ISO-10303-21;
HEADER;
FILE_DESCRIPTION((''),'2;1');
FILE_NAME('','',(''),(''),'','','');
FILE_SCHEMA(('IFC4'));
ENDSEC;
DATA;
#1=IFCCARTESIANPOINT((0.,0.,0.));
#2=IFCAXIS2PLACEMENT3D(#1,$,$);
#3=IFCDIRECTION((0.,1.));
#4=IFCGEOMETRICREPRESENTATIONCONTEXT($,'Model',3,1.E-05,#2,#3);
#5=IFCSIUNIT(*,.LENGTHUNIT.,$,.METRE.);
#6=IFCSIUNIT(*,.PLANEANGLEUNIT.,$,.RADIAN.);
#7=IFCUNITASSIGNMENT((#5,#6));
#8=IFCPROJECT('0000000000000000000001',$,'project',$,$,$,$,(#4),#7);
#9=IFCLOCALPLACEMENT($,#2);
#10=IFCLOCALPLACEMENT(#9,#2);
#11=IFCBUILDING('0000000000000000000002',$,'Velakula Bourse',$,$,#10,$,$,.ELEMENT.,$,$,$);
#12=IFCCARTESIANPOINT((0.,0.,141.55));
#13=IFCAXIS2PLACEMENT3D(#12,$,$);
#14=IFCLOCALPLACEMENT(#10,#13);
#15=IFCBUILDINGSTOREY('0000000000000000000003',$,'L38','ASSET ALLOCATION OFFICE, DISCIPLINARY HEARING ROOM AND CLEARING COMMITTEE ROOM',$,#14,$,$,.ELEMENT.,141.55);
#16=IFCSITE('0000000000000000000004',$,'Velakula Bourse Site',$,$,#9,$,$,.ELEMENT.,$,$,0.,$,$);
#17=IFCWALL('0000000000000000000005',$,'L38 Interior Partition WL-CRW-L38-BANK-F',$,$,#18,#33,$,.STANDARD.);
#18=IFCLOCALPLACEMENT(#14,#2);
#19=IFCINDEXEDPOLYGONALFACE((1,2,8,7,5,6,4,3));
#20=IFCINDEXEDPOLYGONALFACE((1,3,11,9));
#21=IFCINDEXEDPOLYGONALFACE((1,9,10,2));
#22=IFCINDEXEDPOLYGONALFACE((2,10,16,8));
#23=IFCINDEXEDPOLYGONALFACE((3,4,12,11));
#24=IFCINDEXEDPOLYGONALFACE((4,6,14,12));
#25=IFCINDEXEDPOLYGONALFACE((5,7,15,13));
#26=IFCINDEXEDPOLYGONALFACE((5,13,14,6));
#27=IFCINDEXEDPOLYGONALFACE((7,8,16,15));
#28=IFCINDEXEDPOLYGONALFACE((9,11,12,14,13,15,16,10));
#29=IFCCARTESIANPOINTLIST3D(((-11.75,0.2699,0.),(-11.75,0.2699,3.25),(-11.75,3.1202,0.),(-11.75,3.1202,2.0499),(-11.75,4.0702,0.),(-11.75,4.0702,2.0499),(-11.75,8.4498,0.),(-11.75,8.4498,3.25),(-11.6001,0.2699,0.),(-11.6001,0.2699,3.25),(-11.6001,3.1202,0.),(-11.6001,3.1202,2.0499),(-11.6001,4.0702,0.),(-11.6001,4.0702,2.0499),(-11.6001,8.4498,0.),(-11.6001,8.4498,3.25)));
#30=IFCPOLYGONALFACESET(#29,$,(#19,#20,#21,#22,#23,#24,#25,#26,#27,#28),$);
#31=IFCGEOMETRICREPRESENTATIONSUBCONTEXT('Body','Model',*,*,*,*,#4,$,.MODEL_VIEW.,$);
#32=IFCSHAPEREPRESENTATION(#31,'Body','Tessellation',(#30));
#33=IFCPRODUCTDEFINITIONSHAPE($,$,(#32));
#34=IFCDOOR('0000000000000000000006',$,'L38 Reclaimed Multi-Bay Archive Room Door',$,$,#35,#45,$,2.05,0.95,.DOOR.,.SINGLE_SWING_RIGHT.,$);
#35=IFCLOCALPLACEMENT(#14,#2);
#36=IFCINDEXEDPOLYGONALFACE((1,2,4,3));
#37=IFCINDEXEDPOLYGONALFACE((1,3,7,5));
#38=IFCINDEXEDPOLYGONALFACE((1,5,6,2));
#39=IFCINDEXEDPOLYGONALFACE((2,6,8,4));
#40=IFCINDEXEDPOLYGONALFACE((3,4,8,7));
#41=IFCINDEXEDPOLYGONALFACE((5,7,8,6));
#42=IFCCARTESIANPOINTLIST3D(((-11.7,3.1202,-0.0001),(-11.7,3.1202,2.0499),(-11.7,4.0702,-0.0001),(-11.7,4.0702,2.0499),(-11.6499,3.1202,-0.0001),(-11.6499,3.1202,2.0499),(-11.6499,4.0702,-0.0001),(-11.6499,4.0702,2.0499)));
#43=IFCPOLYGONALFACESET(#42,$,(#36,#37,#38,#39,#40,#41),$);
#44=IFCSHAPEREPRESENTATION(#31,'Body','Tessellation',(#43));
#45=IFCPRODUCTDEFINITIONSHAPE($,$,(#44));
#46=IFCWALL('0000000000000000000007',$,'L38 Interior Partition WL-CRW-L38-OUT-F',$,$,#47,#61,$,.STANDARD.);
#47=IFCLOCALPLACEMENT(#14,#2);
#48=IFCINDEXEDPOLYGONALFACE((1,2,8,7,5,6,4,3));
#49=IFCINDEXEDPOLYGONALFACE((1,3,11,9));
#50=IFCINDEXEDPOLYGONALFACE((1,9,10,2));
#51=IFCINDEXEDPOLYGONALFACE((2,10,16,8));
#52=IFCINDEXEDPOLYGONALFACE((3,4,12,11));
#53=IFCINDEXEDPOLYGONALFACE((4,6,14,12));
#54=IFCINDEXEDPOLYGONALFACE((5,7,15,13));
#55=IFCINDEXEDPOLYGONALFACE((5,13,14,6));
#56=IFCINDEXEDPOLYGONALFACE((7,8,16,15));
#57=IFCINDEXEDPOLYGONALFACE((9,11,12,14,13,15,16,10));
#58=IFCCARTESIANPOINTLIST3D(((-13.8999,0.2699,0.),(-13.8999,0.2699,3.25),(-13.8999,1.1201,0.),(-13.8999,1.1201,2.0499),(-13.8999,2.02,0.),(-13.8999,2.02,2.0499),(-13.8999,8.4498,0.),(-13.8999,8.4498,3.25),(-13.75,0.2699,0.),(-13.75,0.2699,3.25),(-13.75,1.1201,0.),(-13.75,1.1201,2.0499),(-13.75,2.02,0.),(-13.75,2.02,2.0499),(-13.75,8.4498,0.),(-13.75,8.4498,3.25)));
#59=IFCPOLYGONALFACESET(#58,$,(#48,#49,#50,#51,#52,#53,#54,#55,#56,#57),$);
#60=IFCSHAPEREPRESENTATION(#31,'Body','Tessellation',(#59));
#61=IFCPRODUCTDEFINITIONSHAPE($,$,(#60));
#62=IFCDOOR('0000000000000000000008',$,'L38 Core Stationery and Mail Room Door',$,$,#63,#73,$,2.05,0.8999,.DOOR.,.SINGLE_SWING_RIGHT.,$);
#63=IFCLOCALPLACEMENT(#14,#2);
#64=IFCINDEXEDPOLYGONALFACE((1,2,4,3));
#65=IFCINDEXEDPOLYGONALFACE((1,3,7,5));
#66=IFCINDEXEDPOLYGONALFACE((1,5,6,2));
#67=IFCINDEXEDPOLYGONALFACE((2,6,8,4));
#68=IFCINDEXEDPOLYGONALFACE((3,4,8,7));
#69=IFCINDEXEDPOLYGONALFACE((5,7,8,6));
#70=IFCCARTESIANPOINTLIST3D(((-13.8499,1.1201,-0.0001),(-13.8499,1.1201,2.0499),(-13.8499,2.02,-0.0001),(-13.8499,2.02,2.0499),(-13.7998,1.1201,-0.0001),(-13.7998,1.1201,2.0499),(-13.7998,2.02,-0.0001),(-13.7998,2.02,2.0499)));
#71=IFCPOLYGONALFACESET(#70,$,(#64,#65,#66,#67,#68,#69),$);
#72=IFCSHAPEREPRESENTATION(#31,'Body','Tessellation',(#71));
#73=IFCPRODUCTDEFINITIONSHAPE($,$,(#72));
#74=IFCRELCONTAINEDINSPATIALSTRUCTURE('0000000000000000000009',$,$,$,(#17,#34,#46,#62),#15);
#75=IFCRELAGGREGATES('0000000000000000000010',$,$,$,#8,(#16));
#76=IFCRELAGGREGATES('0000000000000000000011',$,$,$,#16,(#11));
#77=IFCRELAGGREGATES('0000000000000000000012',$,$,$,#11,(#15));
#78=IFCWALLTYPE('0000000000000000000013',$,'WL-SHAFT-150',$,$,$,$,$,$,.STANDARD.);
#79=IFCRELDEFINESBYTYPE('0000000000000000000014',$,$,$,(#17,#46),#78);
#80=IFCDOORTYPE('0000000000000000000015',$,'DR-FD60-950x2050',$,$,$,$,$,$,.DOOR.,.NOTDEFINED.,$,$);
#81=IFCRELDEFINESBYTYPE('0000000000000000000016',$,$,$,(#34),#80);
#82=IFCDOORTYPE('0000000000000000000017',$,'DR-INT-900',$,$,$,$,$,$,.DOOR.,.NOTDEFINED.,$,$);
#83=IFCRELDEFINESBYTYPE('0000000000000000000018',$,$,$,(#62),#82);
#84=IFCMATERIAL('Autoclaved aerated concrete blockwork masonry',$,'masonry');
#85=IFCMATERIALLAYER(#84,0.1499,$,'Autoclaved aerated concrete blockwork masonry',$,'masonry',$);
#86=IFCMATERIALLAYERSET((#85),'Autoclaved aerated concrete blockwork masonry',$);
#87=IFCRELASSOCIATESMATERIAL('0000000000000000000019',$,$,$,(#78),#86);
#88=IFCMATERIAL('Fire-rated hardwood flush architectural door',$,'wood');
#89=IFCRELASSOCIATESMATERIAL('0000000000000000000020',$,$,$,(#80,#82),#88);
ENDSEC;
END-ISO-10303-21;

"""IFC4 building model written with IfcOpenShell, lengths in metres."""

from ifc_helpers import new_model, si_unit, direction, frame, frame_2d, origin, place, context, subcontext, project, spatial, rectangle, extrude, material, layer, layer_set, type_object, element, fill, save


model = new_model("IFC4")

# Units and contexts
model_context = context("Model", 3, precision=1e-05, world=origin(), true_north=direction((0.0, 1.0)))
body_context = subcontext(model_context, "Body", "Model", "MODEL_VIEW")
ifc_project = project(units=[si_unit("LENGTHUNIT", "METRE"), si_unit("PLANEANGLEUNIT", "RADIAN")], contexts=[model_context])

# Site, building, storey
site_placement = place(None, origin())
site = spatial("IfcSite", under=ifc_project, at=site_placement, Name="Velakula Bourse Site", CompositionType="ELEMENT", RefElevation=0.0)
building_placement = place(site_placement, origin())
building = spatial("IfcBuilding", under=site, at=building_placement, Name="Velakula Bourse", CompositionType="ELEMENT")
storey_placement = place(building_placement, frame((0.0, 0.0, 141.55)))
storey = spatial("IfcBuildingStorey", under=building, at=storey_placement, Name="L38", Description="ASSET ALLOCATION OFFICE, DISCIPLINARY HEARING ROOM AND CLEARING COMMITTEE ROOM", CompositionType="ELEMENT", Elevation=141.55)

# Shared definitions
ifc_material_1 = material(Name="Fire-rated hardwood flush architectural door", Category="wood")

# Shared definitions
ifc_material_2 = material(Name="Autoclaved aerated concrete blockwork masonry", Category="masonry")
ifc_layer_1 = layer(ifc_material_2, 0.1499, Name="Autoclaved aerated concrete blockwork masonry", Category="masonry")
ifc_layer_set_1 = layer_set([ifc_layer_1], Name="Autoclaved aerated concrete blockwork masonry")
wall_type_1 = type_object("IfcWallType", Name="WL-SHAFT-150", PredefinedType="STANDARD", material=ifc_layer_set_1)

# Walls, openings, doors
wall_1_placement = place(storey_placement, frame((-11.675, 0.27, 0.0), z_axis=(0.0, 0.0, 1.0), x_axis=(0.0, 1.0, 0.0)))
wall_1 = element("IfcWall", 1, at=wall_1_placement, inside=storey, type_object=wall_type_1, Name="L38 Interior Partition WL-CRW-L38-BANK-F", PredefinedType="STANDARD", context=body_context, shape_type="SweptSolid", body=[
    extrude(rectangle(XDim=8.1799, YDim=0.1499, at=frame_2d((4.0898, 0.0))), origin(), (0.0, 0.0, 1.0), 3.25),
])
opening_1_placement = place(wall_1_placement, frame((2.8501, 0.0, 0.0)))
opening_1 = element("IfcOpeningElement", 2, at=opening_1_placement, cuts=wall_1, PredefinedType="OPENING", context=body_context, shape_type="SweptSolid", body=[
    extrude(rectangle(XDim=0.95, YDim=2.05, at=frame_2d((0.4751, 1.0249))), frame((0.0, 0.085, 0.0), z_axis=(0.0, -1.0, 0.0), x_axis=(1.0, 0.0, 0.0)), (0.0, 0.0, 1.0), 0.1699),
])
door_type_1 = type_object("IfcDoorType", Name="DR-FD60-950x2050", OperationType="NOTDEFINED", PredefinedType="DOOR", material=ifc_material_1)
door_1_placement = place(opening_1_placement, origin())
door_1 = element("IfcDoor", 3, at=door_1_placement, inside=storey, type_object=door_type_1, Name="L38 Reclaimed Multi-Bay Archive Room Door", OperationType="SINGLE_SWING_RIGHT", OverallHeight=2.05, OverallWidth=0.95, PredefinedType="DOOR", context=body_context, shape_type="SweptSolid", body=[
    extrude(rectangle(XDim=0.95, YDim=2.05, at=frame_2d((0.4751, 1.0249))), frame((0.0, 0.0249, 0.0), z_axis=(0.0, -1.0, 0.0), x_axis=(1.0, 0.0, 0.0)), (0.0, 0.0, 1.0), 0.05),
])
fill(opening_1, door_1)
wall_2_placement = place(storey_placement, frame((-13.825, 0.27, 0.0), z_axis=(0.0, 0.0, 1.0), x_axis=(0.0, 1.0, 0.0)))
wall_2 = element("IfcWall", 4, at=wall_2_placement, inside=storey, type_object=wall_type_1, Name="L38 Interior Partition WL-CRW-L38-OUT-F", PredefinedType="STANDARD", context=body_context, shape_type="SweptSolid", body=[
    extrude(rectangle(XDim=8.1799, YDim=0.1499, at=frame_2d((4.0898, 0.0))), origin(), (0.0, 0.0, 1.0), 3.25),
])
opening_2_placement = place(wall_2_placement, frame((0.8501, 0.0, 0.0)))
opening_2 = element("IfcOpeningElement", 5, at=opening_2_placement, cuts=wall_2, PredefinedType="OPENING", context=body_context, shape_type="SweptSolid", body=[
    extrude(rectangle(XDim=0.8999, YDim=2.05, at=frame_2d((0.45, 1.0249))), frame((0.0, 0.085, 0.0), z_axis=(0.0, -1.0, 0.0), x_axis=(1.0, 0.0, 0.0)), (0.0, 0.0, 1.0), 0.1699),
])
door_type_2 = type_object("IfcDoorType", Name="DR-INT-900", OperationType="NOTDEFINED", PredefinedType="DOOR", material=ifc_material_1)
door_2_placement = place(opening_2_placement, origin())
door_2 = element("IfcDoor", 6, at=door_2_placement, inside=storey, type_object=door_type_2, Name="L38 Core Stationery and Mail Room Door", OperationType="SINGLE_SWING_RIGHT", OverallHeight=2.05, OverallWidth=0.8999, PredefinedType="DOOR", context=body_context, shape_type="SweptSolid", body=[
    extrude(rectangle(XDim=0.8999, YDim=2.05, at=frame_2d((0.45, 1.0249))), frame((0.0, 0.0249, 0.0), z_axis=(0.0, -1.0, 0.0), x_axis=(1.0, 0.0, 0.0)), (0.0, 0.0, 1.0), 0.05),
])
fill(opening_2, door_2)

save(model, "model.ifc")
